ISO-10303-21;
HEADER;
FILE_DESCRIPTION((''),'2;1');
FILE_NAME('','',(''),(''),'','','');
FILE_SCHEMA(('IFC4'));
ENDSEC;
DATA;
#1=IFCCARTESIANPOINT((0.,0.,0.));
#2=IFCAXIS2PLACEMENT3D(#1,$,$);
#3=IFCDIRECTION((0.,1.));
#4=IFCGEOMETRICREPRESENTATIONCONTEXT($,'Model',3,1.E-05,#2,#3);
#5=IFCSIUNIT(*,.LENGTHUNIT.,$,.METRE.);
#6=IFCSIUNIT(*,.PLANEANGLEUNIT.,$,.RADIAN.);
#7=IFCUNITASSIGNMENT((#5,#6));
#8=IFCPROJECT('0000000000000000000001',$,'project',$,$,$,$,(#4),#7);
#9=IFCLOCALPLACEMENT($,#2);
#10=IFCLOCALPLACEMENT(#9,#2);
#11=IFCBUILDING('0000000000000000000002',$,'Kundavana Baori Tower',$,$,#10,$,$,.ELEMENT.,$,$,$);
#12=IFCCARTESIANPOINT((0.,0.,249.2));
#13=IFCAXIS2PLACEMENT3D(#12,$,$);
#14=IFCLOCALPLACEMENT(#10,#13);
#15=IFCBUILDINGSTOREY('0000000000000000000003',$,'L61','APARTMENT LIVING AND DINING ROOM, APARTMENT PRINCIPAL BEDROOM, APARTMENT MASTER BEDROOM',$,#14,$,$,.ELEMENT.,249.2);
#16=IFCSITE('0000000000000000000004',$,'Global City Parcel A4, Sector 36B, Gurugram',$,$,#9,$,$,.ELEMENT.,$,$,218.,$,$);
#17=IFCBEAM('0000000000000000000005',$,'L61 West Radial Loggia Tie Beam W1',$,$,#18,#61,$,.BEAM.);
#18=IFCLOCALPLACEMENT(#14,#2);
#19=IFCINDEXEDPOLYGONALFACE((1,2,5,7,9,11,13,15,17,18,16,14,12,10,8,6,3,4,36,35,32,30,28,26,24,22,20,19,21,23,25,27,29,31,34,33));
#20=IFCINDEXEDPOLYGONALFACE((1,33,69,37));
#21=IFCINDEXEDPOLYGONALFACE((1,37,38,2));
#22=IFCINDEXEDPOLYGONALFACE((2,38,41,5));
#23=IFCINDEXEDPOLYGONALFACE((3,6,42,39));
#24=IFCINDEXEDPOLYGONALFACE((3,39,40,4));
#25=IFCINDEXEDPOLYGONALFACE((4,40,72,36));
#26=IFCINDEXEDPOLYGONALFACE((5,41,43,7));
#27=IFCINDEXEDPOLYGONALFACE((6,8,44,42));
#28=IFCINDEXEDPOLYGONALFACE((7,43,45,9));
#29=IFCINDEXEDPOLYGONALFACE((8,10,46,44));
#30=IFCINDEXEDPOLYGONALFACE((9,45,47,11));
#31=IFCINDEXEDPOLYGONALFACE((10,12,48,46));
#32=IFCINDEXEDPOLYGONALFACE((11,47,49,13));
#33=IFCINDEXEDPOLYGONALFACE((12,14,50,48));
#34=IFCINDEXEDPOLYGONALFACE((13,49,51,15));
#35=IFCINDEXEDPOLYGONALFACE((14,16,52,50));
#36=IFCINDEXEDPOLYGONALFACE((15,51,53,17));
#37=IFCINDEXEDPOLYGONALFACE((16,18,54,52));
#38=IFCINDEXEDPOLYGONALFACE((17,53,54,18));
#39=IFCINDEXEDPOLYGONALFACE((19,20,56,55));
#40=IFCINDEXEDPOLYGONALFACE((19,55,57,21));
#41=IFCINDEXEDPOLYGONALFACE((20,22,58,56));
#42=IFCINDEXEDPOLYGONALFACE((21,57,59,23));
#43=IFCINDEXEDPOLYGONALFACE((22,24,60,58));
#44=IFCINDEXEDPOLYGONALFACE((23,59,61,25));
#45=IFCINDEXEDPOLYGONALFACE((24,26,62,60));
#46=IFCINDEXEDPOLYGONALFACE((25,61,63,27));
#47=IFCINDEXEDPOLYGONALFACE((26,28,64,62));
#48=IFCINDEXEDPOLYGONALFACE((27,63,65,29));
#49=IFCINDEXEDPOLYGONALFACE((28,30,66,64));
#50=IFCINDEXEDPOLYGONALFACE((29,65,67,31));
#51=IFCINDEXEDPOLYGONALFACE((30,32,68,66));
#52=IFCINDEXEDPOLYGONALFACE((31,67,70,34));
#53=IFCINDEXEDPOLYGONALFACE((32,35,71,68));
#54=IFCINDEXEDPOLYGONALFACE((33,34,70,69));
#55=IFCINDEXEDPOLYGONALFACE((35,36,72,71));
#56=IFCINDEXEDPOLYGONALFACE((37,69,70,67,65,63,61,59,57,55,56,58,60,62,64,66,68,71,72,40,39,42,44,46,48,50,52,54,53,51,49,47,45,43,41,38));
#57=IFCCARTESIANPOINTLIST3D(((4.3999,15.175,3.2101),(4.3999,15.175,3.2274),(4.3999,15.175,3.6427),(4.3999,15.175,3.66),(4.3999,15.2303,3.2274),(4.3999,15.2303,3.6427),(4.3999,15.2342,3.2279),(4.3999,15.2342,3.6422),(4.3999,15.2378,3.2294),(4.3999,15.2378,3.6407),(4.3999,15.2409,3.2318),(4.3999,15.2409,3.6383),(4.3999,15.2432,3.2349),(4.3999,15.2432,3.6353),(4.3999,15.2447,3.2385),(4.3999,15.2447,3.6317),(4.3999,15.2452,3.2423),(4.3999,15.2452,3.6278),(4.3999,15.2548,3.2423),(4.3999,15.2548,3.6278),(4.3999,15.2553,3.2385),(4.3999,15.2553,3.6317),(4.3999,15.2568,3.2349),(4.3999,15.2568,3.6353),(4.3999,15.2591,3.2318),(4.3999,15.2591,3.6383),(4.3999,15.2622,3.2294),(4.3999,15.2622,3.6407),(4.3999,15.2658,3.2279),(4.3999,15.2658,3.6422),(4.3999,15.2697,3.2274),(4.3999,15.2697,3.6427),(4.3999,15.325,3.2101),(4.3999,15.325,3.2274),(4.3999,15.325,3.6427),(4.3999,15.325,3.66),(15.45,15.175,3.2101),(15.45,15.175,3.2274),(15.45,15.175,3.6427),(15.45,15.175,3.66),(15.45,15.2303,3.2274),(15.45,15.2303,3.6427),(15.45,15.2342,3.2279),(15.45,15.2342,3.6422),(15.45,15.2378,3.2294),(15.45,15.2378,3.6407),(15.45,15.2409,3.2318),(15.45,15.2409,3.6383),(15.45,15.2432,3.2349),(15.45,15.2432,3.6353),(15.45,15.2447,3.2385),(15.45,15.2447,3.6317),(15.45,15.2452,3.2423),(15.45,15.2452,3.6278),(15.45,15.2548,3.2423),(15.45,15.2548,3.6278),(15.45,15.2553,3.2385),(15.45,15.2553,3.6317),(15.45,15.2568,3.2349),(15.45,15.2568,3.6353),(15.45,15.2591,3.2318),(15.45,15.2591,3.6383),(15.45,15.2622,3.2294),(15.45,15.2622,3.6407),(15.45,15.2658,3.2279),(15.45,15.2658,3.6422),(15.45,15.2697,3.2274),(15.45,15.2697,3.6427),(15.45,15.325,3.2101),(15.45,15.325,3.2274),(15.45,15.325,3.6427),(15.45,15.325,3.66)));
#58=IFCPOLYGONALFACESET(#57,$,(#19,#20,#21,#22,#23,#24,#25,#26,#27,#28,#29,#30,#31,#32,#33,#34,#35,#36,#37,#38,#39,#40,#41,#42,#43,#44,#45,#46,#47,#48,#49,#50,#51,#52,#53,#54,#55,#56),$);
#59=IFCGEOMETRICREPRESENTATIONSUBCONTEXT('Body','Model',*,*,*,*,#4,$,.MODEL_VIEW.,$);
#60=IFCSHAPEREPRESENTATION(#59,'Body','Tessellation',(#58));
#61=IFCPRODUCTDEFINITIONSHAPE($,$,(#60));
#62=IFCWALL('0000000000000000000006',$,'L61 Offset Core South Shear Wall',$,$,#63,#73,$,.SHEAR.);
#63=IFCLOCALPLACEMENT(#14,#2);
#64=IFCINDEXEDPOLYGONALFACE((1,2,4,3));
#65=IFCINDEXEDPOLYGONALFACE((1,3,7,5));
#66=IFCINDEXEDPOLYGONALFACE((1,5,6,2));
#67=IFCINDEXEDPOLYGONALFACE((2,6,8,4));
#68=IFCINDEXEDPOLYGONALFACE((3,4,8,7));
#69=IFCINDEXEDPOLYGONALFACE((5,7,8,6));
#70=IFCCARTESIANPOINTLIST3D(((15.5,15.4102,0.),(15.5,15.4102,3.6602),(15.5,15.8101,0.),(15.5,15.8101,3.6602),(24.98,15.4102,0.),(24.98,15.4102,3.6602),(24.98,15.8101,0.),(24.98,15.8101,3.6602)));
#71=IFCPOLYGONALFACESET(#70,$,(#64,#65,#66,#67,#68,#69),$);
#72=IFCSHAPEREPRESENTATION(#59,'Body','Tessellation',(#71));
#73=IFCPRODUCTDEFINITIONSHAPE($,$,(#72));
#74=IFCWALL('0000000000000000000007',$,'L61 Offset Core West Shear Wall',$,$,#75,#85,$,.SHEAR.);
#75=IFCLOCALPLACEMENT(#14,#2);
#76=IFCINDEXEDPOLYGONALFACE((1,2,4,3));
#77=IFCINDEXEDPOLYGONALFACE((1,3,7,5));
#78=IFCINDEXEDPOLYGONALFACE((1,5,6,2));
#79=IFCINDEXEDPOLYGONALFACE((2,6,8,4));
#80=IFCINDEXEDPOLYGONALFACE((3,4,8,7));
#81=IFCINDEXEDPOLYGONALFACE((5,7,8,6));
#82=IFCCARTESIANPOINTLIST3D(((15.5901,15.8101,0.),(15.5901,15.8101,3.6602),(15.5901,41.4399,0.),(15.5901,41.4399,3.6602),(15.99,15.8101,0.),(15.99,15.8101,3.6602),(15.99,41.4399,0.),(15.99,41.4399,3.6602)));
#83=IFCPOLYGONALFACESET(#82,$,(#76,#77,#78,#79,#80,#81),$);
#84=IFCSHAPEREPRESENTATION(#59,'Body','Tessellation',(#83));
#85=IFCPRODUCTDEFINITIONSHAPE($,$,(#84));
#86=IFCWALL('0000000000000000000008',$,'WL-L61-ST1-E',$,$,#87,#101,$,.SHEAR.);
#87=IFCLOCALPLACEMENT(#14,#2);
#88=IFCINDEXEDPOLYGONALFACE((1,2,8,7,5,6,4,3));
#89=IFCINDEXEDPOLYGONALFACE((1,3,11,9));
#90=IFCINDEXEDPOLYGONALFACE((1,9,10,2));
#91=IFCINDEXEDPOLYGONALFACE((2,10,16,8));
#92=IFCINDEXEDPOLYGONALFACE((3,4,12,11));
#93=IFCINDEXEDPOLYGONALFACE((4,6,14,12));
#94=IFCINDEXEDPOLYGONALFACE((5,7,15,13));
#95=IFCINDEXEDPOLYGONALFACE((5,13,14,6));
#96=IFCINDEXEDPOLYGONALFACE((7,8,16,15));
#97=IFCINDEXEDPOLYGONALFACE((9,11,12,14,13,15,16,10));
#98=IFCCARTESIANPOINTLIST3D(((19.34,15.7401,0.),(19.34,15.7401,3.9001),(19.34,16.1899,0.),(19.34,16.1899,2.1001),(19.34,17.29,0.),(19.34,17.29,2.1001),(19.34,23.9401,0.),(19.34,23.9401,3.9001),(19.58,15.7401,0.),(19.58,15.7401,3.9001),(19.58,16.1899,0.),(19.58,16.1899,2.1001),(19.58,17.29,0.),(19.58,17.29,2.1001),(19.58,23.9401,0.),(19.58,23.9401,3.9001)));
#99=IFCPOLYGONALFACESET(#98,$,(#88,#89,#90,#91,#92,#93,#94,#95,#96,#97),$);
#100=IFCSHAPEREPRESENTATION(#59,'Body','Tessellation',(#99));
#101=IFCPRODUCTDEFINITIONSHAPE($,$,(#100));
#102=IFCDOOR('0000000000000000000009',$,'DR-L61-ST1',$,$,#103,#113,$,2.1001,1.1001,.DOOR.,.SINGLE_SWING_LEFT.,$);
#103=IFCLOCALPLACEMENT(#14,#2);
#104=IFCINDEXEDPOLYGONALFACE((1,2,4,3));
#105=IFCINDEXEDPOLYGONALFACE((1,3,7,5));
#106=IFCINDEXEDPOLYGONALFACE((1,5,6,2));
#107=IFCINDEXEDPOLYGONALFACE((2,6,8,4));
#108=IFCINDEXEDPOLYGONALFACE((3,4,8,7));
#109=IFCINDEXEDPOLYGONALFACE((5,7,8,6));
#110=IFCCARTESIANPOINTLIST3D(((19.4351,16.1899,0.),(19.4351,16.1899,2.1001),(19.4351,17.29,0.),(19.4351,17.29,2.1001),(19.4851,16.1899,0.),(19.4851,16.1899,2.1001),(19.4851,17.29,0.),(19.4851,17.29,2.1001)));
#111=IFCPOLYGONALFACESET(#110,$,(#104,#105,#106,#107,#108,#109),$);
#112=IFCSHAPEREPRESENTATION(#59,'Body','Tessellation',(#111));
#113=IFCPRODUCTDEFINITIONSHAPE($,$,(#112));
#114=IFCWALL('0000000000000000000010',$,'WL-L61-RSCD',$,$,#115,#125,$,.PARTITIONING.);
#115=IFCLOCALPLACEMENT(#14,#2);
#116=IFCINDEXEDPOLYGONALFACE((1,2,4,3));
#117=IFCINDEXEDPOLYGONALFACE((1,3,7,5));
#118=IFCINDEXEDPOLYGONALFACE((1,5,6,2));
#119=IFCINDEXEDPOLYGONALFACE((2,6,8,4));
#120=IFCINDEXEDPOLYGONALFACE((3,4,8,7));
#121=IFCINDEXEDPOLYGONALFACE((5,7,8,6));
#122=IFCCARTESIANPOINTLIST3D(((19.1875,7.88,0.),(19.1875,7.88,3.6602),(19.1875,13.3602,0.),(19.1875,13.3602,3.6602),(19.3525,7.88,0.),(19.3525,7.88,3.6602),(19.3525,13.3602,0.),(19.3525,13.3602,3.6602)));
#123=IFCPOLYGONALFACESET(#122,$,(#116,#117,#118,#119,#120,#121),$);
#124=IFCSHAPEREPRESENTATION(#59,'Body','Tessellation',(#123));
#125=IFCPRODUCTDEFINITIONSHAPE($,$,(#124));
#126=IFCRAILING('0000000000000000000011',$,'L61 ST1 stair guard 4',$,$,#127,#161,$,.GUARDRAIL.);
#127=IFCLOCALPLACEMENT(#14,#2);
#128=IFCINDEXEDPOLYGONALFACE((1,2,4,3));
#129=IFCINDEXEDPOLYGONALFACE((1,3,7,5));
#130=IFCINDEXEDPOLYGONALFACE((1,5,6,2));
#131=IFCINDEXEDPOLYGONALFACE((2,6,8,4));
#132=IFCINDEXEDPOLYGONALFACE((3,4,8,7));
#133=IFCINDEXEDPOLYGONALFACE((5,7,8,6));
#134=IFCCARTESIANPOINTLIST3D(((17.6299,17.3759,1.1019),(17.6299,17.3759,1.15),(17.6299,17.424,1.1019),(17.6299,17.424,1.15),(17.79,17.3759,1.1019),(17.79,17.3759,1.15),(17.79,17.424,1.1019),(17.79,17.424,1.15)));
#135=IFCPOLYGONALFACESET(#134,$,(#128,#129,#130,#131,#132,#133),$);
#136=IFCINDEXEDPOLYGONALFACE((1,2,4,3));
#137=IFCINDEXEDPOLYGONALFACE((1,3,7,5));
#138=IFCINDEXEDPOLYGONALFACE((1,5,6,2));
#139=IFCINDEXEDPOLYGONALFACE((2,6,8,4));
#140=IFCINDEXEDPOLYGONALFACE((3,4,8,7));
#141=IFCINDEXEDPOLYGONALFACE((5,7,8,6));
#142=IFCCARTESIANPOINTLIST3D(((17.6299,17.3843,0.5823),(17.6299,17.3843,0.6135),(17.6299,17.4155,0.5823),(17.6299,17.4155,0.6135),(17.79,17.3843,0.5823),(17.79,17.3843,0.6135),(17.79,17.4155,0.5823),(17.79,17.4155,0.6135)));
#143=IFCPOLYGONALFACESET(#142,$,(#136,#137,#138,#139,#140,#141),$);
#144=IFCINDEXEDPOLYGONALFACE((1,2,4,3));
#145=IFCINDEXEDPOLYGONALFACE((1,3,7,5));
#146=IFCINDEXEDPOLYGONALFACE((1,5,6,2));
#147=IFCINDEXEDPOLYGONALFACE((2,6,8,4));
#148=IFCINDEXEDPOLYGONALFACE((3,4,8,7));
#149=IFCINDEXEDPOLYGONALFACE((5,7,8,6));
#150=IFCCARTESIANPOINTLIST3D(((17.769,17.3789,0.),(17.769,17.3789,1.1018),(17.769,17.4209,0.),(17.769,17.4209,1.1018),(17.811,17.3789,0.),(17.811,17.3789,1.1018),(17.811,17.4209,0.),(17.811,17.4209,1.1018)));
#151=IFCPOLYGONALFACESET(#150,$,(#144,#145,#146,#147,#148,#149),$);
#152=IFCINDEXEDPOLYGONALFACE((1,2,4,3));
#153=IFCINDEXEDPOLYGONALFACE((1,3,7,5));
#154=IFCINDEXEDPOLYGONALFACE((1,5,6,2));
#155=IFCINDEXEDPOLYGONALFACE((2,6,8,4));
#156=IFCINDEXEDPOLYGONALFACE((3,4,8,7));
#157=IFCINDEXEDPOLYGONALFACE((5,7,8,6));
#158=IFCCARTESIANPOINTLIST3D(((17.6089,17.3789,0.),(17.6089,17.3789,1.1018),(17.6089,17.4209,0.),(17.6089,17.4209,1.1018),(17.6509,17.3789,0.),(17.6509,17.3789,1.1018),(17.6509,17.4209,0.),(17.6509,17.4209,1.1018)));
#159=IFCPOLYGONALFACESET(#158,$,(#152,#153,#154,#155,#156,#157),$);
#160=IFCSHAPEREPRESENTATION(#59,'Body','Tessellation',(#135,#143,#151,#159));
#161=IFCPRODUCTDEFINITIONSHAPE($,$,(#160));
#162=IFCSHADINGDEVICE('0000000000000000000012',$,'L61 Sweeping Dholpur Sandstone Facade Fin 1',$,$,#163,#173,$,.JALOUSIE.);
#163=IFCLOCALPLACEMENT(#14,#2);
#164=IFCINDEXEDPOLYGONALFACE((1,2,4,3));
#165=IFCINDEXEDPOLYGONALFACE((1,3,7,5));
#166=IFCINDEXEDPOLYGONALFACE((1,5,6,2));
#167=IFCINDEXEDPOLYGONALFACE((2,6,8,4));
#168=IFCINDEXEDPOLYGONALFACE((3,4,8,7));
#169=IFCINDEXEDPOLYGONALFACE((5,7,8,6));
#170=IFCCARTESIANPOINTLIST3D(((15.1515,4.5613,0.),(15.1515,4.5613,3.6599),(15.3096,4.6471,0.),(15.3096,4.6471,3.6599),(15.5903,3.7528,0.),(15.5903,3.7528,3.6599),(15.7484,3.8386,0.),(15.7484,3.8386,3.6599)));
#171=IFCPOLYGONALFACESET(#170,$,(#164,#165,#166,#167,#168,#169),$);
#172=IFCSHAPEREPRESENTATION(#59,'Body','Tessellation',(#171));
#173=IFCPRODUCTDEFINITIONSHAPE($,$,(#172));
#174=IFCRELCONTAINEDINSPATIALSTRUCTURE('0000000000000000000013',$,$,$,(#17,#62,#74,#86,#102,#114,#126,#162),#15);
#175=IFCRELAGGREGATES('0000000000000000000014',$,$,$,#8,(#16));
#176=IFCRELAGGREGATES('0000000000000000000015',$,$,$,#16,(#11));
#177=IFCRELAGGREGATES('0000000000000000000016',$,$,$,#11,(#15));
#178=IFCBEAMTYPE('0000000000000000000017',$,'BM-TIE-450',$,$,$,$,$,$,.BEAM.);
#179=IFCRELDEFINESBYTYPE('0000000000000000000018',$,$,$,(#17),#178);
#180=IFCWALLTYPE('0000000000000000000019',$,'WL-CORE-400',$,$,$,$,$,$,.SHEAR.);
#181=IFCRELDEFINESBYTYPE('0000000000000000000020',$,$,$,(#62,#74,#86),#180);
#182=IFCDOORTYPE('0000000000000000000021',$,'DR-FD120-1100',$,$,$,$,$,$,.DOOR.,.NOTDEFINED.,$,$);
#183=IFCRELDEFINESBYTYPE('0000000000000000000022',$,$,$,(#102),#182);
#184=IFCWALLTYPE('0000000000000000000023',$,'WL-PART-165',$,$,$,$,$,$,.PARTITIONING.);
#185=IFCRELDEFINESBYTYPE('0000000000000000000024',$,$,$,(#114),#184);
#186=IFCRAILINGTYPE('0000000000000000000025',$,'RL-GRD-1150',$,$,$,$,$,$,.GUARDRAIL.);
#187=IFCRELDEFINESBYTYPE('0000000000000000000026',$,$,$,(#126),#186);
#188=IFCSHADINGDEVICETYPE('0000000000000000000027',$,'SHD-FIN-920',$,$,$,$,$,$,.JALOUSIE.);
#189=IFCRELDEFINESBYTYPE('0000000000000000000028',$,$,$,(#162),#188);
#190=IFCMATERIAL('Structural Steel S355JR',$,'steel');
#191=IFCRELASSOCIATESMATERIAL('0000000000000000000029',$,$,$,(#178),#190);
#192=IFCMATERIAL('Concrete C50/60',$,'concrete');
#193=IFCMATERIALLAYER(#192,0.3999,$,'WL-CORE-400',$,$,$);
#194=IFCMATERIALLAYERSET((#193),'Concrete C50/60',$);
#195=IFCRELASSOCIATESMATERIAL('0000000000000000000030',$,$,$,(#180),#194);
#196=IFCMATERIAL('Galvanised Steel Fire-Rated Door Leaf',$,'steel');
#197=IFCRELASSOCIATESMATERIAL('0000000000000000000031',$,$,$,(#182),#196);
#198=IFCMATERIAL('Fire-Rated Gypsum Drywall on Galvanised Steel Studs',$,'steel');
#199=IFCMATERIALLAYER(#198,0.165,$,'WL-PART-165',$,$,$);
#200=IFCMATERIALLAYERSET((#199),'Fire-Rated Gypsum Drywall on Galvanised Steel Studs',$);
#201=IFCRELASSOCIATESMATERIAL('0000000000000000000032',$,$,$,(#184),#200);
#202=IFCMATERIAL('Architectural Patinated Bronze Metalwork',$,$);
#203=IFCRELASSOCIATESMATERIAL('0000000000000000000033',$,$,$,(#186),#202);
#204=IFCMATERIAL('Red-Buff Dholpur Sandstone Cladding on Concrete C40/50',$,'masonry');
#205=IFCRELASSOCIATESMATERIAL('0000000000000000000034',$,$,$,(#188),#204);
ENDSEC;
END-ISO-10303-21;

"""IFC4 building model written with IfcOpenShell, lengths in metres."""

from ifc_helpers import new_model, si_unit, direction, frame, frame_2d, origin, origin_2d, place, context, subcontext, project, spatial, rectangle, i_section, extrude, material, layer, layer_set, material_profile, profile_set, type_object, element, fill, save


model = new_model("IFC4")

# Units and contexts
model_context = context("Model", 3, precision=1e-05, world=origin(), true_north=direction((0.0, 1.0)))
body_context = subcontext(model_context, "Body", "Model", "MODEL_VIEW")
ifc_project = project(units=[si_unit("LENGTHUNIT", "METRE"), si_unit("PLANEANGLEUNIT", "RADIAN")], contexts=[model_context])

# Site, building, storey
site_placement = place(None, origin())
site = spatial("IfcSite", under=ifc_project, at=site_placement, Name="Global City Parcel A4, Sector 36B, Gurugram", CompositionType="ELEMENT", RefElevation=218.0)
building_placement = place(site_placement, origin())
building = spatial("IfcBuilding", under=site, at=building_placement, Name="Kundavana Baori Tower", CompositionType="ELEMENT")
storey_placement = place(building_placement, frame((0.0, 0.0, 249.2)))
storey = spatial("IfcBuildingStorey", under=building, at=storey_placement, Name="L61", Description="APARTMENT LIVING AND DINING ROOM, APARTMENT PRINCIPAL BEDROOM, APARTMENT MASTER BEDROOM", CompositionType="ELEMENT", Elevation=249.2)

# Beam
ifc_material_1 = material(Name="Structural Steel S355JR", Category="steel")
ifc_material_profile_1 = material_profile(ifc_material_1, i_section(OverallWidth=0.1499, OverallDepth=0.45, WebThickness=0.0095, FlangeThickness=0.0173, FilletRadius=0.0149, at=origin_2d()), Name="ISMB 450")
ifc_profile_set_1 = profile_set([ifc_material_profile_1], Name="Structural Steel S355JR")
beam_type_1 = type_object("IfcBeamType", Name="BM-TIE-450", PredefinedType="BEAM", material=ifc_profile_set_1)
for number, where, z_axis, x_axis, name in (
    (1, (15.45, 15.25, 3.4351), (-1.0, 0.0, 0.0), (0.0, -1.0, 0.0), "L61 West Radial Loggia Tie Beam W1"),
):
    element("IfcBeam", number, at=place(storey_placement, frame(where, z_axis=z_axis, x_axis=x_axis)), inside=storey, type_object=beam_type_1, Name=name, PredefinedType="BEAM", context=body_context, shape_type="SweptSolid", body=[
        extrude(i_section(OverallWidth=0.1499, OverallDepth=0.45, WebThickness=0.0095, FlangeThickness=0.0173, FilletRadius=0.0149, at=origin_2d()), origin(), (0.0, 0.0, 1.0), 11.05),
    ])

# Walls
ifc_material_2 = material(Name="Concrete C50/60", Category="concrete")
ifc_layer_1 = layer(ifc_material_2, 0.3999, Name="WL-CORE-400")
ifc_layer_set_1 = layer_set([ifc_layer_1], Name="Concrete C50/60")
wall_type_1 = type_object("IfcWallType", Name="WL-CORE-400", PredefinedType="SHEAR", material=ifc_layer_set_1)
wall_1_placement = place(storey_placement, frame((15.5, 15.6101, 0.0), z_axis=(0.0, 0.0, 1.0), x_axis=(1.0, 0.0, 0.0)))
element("IfcWall", 2, at=wall_1_placement, inside=storey, type_object=wall_type_1, Name="L61 Offset Core South Shear Wall", PredefinedType="SHEAR", context=body_context, shape_type="SweptSolid", body=[
    extrude(rectangle(XDim=9.48, YDim=0.3999, at=frame_2d((4.74, 0.0))), origin(), (0.0, 0.0, 1.0), 3.6602),
])
wall_2_placement = place(storey_placement, frame((15.79, 15.8101, 0.0), z_axis=(0.0, 0.0, 1.0), x_axis=(0.0, 1.0, 0.0)))
element("IfcWall", 3, at=wall_2_placement, inside=storey, type_object=wall_type_1, Name="L61 Offset Core West Shear Wall", PredefinedType="SHEAR", context=body_context, shape_type="SweptSolid", body=[
    extrude(rectangle(XDim=25.6299, YDim=0.3999, at=frame_2d((12.8149, 0.0))), origin(), (0.0, 0.0, 1.0), 3.6602),
])

# Wall, opening, door
wall_3_placement = place(storey_placement, frame((19.46, 15.74, 0.0), z_axis=(0.0, 0.0, 1.0), x_axis=(0.0, 1.0, 0.0)))
wall_3 = element("IfcWall", 4, at=wall_3_placement, inside=storey, type_object=wall_type_1, Name="WL-L61-ST1-E", PredefinedType="SHEAR", context=body_context, shape_type="SweptSolid", body=[
    extrude(rectangle(XDim=8.2, YDim=0.24, at=frame_2d((4.1001, 0.0))), origin(), (0.0, 0.0, 1.0), 3.9001),
])
opening_1_placement = place(wall_3_placement, frame((0.45, 0.0, 0.0)))
opening_1 = element("IfcOpeningElement", 5, at=opening_1_placement, cuts=wall_3, PredefinedType="OPENING", context=body_context, shape_type="SweptSolid", body=[
    extrude(rectangle(XDim=1.1001, YDim=2.1001, at=frame_2d((0.55, 1.05))), frame((0.0, 0.1299, 0.0), z_axis=(0.0, -1.0, 0.0), x_axis=(1.0, 0.0, 0.0)), (0.0, 0.0, 1.0), 0.26),
])
ifc_material_3 = material(Name="Galvanised Steel Fire-Rated Door Leaf", Category="steel")
door_type_1 = type_object("IfcDoorType", Name="DR-FD120-1100", OperationType="NOTDEFINED", PredefinedType="DOOR", material=ifc_material_3)
door_1_placement = place(opening_1_placement, origin())
door_1 = element("IfcDoor", 6, at=door_1_placement, inside=storey, type_object=door_type_1, Name="DR-L61-ST1", OperationType="SINGLE_SWING_LEFT", OverallHeight=2.1001, OverallWidth=1.1001, PredefinedType="DOOR", context=body_context, shape_type="SweptSolid", body=[
    extrude(rectangle(XDim=1.1001, YDim=2.1001, at=frame_2d((0.55, 1.05))), frame((0.0, 0.0249, 0.0), z_axis=(0.0, -1.0, 0.0), x_axis=(1.0, 0.0, 0.0)), (0.0, 0.0, 1.0), 0.05),
])
fill(opening_1, door_1)

# Wall
ifc_material_4 = material(Name="Fire-Rated Gypsum Drywall on Galvanised Steel Studs", Category="steel")
ifc_layer_2 = layer(ifc_material_4, 0.165, Name="WL-PART-165")
ifc_layer_set_2 = layer_set([ifc_layer_2], Name="Fire-Rated Gypsum Drywall on Galvanised Steel Studs")
wall_type_2 = type_object("IfcWallType", Name="WL-PART-165", PredefinedType="PARTITIONING", material=ifc_layer_set_2)
wall_4_placement = place(storey_placement, frame((19.27, 7.8799, 0.0), z_axis=(0.0, 0.0, 1.0), x_axis=(0.0, 1.0, 0.0)))
element("IfcWall", 7, at=wall_4_placement, inside=storey, type_object=wall_type_2, Name="WL-L61-RSCD", PredefinedType="PARTITIONING", context=body_context, shape_type="SweptSolid", body=[
    extrude(rectangle(XDim=5.4802, YDim=0.165, at=frame_2d((2.7402, 0.0))), origin(), (0.0, 0.0, 1.0), 3.6602),
])

# Railing
ifc_material_5 = material(Name="Architectural Patinated Bronze Metalwork")
railing_type = type_object("IfcRailingType", Name="RL-GRD-1150", PredefinedType="GUARDRAIL", material=ifc_material_5)
railing_placement = place(storey_placement, frame((17.79, 17.3999, 0.0)))
element("IfcRailing", 8, at=railing_placement, inside=storey, type_object=railing_type, Name="L61 ST1 stair guard 4", PredefinedType="GUARDRAIL", context=body_context, shape_type="SweptSolid", body=[
    extrude(rectangle(XDim=0.0481, YDim=0.0481, at=origin_2d()), frame((0.0, 0.0, 1.126), z_axis=(-1.0, 0.0, 0.0), x_axis=(0.0, -1.0, 0.0)), (0.0, 0.0, 1.0), 0.1602),
    extrude(rectangle(XDim=0.0312, YDim=0.0312, at=origin_2d()), frame((0.0, 0.0, 0.5979), z_axis=(-1.0, 0.0, 0.0), x_axis=(0.0, -1.0, 0.0)), (0.0, 0.0, 1.0), 0.1602),
    extrude(rectangle(XDim=0.042, YDim=0.042, at=origin_2d()), origin(), (0.0, 0.0, 1.0), 1.1018),
    extrude(rectangle(XDim=0.042, YDim=0.042, at=origin_2d()), frame((-0.1602, 0.0, 0.0)), (0.0, 0.0, 1.0), 1.1018),
])

# Shading device
ifc_material_6 = material(Name="Red-Buff Dholpur Sandstone Cladding on Concrete C40/50", Category="masonry")
shading_device_type = type_object("IfcShadingDeviceType", Name="SHD-FIN-920", PredefinedType="JALOUSIE", material=ifc_material_6)
shading_device_placement = place(storey_placement, frame((15.45, 4.2, 0.0), z_axis=(0.0, 0.0, 1.0), x_axis=(0.8789, 0.477005, 0.0)))
element("IfcShadingDevice", 9, at=shading_device_placement, inside=storey, type_object=shading_device_type, Name="L61 Sweeping Dholpur Sandstone Facade Fin 1", PredefinedType="JALOUSIE", context=body_context, shape_type="SweptSolid", body=[
    extrude(rectangle(XDim=0.1799, YDim=0.9199, at=origin_2d()), origin(), (0.0, 0.0, 1.0), 3.6599),
])

save(model, "model.ifc")
